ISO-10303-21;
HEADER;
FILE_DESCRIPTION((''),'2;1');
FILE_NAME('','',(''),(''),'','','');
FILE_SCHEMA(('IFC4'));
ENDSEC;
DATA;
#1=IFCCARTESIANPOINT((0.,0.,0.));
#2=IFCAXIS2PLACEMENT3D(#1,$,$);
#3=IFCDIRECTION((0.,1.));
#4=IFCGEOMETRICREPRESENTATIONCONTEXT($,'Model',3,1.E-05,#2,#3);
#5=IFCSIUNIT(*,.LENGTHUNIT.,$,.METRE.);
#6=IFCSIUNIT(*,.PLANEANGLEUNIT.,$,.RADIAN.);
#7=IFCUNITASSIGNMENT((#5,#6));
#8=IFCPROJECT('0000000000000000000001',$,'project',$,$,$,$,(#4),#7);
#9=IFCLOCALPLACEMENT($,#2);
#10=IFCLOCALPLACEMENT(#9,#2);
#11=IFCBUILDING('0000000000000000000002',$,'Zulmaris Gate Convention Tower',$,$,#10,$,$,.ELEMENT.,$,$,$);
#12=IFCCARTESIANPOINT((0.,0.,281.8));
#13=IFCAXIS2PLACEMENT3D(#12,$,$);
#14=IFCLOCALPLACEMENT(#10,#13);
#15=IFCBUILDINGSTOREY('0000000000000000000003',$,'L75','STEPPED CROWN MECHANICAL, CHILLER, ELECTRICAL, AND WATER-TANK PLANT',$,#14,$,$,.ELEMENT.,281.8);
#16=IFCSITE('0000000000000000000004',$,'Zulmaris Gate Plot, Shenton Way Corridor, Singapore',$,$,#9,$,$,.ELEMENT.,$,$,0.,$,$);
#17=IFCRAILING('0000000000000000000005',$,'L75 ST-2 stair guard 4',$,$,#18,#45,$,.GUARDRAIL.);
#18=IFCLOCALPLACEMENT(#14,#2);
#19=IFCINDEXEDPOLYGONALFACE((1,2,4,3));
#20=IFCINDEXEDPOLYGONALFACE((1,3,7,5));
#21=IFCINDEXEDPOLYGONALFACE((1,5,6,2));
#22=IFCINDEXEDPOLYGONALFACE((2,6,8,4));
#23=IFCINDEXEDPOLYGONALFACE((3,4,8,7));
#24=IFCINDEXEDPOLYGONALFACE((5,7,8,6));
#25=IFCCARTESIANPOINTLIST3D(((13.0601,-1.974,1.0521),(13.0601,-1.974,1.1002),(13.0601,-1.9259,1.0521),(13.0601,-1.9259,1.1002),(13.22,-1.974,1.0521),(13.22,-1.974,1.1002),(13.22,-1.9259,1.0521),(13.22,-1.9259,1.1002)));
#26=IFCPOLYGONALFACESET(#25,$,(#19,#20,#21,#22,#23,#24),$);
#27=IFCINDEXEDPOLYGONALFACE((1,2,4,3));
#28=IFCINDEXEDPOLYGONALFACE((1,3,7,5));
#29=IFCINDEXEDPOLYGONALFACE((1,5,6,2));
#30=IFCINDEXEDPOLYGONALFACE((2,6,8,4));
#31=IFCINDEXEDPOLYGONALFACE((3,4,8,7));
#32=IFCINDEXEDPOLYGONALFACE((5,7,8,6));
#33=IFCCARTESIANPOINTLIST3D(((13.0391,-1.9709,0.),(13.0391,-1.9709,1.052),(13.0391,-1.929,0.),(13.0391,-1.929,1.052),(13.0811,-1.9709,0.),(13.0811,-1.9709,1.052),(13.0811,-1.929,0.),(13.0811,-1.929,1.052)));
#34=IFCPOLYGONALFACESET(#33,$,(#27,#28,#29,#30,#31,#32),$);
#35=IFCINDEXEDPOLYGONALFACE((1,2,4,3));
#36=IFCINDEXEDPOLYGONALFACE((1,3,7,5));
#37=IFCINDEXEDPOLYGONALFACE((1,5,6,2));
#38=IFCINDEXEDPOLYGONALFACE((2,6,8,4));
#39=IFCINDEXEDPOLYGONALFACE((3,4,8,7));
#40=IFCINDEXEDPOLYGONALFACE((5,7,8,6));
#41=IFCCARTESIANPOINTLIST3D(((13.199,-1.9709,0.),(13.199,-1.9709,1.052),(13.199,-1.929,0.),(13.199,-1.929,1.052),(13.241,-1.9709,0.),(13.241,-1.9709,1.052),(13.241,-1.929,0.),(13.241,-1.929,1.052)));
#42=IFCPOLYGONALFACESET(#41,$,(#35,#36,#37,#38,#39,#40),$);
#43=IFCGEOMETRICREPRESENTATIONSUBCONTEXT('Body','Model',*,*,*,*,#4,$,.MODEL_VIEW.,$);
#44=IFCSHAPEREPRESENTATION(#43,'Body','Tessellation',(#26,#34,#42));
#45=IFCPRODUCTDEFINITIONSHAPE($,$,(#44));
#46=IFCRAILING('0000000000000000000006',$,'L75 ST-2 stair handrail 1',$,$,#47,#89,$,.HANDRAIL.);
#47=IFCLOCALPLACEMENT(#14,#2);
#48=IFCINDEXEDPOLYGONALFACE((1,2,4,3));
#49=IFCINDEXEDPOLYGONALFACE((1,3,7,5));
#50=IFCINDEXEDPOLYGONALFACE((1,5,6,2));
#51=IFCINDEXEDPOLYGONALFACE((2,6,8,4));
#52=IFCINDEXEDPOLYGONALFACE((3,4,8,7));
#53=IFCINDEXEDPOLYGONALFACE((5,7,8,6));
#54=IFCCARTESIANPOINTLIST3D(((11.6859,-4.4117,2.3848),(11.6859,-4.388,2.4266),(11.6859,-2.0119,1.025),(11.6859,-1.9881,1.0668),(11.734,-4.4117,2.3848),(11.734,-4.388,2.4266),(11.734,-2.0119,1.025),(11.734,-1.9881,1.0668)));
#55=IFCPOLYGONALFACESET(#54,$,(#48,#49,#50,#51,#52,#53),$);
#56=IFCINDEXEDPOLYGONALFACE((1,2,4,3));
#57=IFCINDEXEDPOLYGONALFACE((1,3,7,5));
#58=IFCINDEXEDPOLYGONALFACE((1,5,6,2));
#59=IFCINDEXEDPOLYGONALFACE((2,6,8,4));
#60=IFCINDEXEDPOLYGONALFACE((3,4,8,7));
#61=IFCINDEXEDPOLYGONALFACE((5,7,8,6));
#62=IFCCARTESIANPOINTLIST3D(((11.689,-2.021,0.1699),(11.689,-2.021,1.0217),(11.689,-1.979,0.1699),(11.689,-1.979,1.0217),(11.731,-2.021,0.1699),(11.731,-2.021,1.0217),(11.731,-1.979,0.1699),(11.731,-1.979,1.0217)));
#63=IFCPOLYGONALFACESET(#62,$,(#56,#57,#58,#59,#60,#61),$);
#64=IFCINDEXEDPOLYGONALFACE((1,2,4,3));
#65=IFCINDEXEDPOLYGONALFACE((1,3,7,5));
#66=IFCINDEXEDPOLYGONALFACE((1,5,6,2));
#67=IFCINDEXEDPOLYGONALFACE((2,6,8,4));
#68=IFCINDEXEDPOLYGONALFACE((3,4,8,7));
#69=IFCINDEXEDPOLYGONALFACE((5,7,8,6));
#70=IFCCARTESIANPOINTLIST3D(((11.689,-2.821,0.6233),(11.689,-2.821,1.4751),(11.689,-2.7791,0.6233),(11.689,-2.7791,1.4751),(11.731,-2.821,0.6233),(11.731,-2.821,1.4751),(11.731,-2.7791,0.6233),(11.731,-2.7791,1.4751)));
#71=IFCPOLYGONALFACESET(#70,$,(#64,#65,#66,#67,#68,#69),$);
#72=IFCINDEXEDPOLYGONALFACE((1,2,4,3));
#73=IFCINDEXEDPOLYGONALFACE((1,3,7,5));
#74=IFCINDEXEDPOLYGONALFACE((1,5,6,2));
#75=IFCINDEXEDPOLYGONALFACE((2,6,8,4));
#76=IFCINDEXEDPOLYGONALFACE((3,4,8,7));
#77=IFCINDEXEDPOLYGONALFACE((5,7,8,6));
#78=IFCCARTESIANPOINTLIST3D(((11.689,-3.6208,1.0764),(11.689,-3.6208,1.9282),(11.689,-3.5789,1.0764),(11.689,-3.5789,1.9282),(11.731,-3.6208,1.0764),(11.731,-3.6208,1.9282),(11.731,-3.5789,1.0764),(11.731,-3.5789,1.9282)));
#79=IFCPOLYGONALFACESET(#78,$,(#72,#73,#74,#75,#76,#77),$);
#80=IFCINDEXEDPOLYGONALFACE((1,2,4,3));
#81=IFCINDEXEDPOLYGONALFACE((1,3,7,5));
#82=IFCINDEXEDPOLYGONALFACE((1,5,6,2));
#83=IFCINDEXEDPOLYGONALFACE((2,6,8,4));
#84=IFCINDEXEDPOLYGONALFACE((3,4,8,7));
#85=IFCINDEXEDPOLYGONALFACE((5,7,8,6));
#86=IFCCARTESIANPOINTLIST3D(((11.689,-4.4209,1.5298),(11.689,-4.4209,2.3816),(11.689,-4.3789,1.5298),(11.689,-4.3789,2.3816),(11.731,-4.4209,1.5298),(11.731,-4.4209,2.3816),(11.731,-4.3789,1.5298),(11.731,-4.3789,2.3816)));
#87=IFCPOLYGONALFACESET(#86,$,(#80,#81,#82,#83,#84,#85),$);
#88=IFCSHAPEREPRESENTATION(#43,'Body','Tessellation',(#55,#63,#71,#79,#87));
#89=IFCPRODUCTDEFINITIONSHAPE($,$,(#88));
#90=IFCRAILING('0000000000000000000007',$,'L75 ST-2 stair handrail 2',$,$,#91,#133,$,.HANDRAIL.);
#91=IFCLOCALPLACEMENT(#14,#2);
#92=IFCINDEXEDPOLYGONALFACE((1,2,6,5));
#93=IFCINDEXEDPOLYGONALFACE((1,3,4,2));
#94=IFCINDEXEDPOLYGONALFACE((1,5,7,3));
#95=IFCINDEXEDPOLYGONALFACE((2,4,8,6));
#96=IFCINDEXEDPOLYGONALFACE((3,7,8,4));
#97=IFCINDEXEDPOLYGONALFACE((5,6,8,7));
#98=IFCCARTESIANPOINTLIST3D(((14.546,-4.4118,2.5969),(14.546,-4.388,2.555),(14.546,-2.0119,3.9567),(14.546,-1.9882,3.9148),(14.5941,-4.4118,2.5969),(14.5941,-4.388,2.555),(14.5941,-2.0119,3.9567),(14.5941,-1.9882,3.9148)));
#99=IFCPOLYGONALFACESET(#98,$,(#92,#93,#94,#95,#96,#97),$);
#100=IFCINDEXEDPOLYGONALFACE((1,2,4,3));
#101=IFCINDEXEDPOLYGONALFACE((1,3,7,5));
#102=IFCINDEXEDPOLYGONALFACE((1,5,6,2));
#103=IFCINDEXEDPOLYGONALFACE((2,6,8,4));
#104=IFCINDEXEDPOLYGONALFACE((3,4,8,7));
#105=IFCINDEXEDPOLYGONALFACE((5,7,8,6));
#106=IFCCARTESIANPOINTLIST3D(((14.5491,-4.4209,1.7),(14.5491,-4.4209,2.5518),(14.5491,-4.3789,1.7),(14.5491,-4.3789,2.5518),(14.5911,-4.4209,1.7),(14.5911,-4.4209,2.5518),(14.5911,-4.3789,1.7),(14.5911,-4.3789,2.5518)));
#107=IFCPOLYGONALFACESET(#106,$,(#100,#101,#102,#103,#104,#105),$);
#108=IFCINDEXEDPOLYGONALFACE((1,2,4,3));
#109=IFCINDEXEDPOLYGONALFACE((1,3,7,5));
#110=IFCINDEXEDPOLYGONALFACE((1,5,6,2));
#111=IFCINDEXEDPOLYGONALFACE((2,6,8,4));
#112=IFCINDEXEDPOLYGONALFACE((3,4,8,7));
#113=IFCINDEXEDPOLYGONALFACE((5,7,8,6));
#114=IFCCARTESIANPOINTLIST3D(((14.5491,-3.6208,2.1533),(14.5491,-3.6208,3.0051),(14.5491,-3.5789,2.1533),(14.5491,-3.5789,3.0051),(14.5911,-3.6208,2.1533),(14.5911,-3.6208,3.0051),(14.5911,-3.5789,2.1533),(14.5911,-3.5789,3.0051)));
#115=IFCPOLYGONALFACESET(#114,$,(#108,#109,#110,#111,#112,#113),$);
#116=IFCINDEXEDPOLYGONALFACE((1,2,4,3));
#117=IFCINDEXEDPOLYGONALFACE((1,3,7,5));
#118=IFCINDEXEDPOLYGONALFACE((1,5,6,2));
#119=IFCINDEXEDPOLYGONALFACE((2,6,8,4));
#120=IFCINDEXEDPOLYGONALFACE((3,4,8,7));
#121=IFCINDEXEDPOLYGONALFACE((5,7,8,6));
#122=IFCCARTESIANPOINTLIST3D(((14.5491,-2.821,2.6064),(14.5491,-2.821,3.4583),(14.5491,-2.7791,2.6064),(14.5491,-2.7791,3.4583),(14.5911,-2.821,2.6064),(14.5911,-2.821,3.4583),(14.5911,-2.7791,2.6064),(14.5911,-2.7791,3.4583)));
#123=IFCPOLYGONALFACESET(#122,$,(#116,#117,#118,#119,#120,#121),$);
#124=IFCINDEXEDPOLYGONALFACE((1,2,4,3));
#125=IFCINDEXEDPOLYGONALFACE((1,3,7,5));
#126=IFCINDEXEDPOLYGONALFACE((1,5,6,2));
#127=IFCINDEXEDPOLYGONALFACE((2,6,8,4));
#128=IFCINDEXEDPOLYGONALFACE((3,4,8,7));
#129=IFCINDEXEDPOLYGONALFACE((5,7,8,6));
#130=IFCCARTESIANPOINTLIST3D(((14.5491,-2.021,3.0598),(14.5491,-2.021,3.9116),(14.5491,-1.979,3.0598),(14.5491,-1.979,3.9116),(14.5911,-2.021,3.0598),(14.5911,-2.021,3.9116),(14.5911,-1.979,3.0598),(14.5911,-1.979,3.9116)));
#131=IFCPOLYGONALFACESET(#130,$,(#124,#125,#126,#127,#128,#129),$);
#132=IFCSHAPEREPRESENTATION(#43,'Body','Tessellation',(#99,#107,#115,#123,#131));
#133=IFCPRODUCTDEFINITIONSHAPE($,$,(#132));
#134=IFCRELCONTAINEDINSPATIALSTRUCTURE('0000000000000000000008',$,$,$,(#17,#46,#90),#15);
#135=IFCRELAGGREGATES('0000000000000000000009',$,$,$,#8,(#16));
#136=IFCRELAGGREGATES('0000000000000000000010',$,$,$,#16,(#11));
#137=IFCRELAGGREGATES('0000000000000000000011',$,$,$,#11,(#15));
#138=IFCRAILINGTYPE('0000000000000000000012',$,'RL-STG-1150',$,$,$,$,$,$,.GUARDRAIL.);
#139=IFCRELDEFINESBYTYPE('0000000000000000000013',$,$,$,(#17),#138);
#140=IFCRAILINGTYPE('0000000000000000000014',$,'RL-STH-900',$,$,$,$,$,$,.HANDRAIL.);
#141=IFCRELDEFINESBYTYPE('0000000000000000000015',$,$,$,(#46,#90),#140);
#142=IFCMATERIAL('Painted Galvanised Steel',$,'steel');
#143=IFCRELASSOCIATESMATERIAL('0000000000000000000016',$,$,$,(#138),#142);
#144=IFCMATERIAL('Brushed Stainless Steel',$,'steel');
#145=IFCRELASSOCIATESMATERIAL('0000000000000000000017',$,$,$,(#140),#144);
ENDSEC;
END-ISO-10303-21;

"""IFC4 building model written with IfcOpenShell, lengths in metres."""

from ifc_helpers import new_model, si_unit, direction, frame, origin, origin_2d, place, context, subcontext, project, spatial, rectangle, extrude, material, type_object, element, save


model = new_model("IFC4")

# Units and contexts
model_context = context("Model", 3, precision=1e-05, world=origin(), true_north=direction((0.0, 1.0)))
body_context = subcontext(model_context, "Body", "Model", "MODEL_VIEW")
ifc_project = project(units=[si_unit("LENGTHUNIT", "METRE"), si_unit("PLANEANGLEUNIT", "RADIAN")], contexts=[model_context])

# Site, building, storey
site_placement = place(None, origin())
site = spatial("IfcSite", under=ifc_project, at=site_placement, Name="Zulmaris Gate Plot, Shenton Way Corridor, Singapore", CompositionType="ELEMENT", RefElevation=0.0)
building_placement = place(site_placement, origin())
building = spatial("IfcBuilding", under=site, at=building_placement, Name="Zulmaris Gate Convention Tower", CompositionType="ELEMENT")
storey_placement = place(building_placement, frame((0.0, 0.0, 281.8)))
storey = spatial("IfcBuildingStorey", under=building, at=storey_placement, Name="L75", Description="STEPPED CROWN MECHANICAL, CHILLER, ELECTRICAL, AND WATER-TANK PLANT", CompositionType="ELEMENT", Elevation=281.8)

# Railings
ifc_material_1 = material(Name="Painted Galvanised Steel", Category="steel")
railing_type_1 = type_object("IfcRailingType", Name="RL-STG-1150", PredefinedType="GUARDRAIL", material=ifc_material_1)
railing_1_placement = place(storey_placement, frame((13.0601, -1.95, 0.0)))
element("IfcRailing", 1, at=railing_1_placement, inside=storey, type_object=railing_type_1, Name="L75 ST-2 stair guard 4", PredefinedType="GUARDRAIL", context=body_context, shape_type="SweptSolid", body=[
    extrude(rectangle(XDim=0.0481, YDim=0.0481, at=origin_2d()), frame((0.0, 0.0, 1.0762), z_axis=(1.0, 0.0, 0.0), x_axis=(0.0, 1.0, 0.0)), (0.0, 0.0, 1.0), 0.1599),
    extrude(rectangle(XDim=0.042, YDim=0.042, at=origin_2d()), origin(), (0.0, 0.0, 1.0), 1.052),
    extrude(rectangle(XDim=0.042, YDim=0.042, at=origin_2d()), frame((0.1599, 0.0, 0.0)), (0.0, 0.0, 1.0), 1.052),
])
ifc_material_2 = material(Name="Brushed Stainless Steel", Category="steel")
railing_type_2 = type_object("IfcRailingType", Name="RL-STH-900", PredefinedType="HANDRAIL", material=ifc_material_2)
railing_2_placement = place(storey_placement, frame((11.71, -2.0, 0.1699)))
element("IfcRailing", 2, at=railing_2_placement, inside=storey, type_object=railing_type_2, Name="L75 ST-2 stair handrail 1", PredefinedType="HANDRAIL", context=body_context, shape_type="SweptSolid", body=[
    extrude(rectangle(XDim=0.0481, YDim=0.0481, at=origin_2d()), frame((0.0, 0.0, 0.876), z_axis=(0.0, -0.870035, 0.49299), x_axis=(1.0, 0.0, 0.0)), (0.0, 0.0, 1.0), 2.7583),
    extrude(rectangle(XDim=0.042, YDim=0.042, at=origin_2d()), origin(), (0.0, 0.0, 1.0), 0.8518),
    extrude(rectangle(XDim=0.042, YDim=0.042, at=origin_2d()), frame((0.0, -0.8, 0.4534)), (0.0, 0.0, 1.0), 0.8518),
    extrude(rectangle(XDim=0.042, YDim=0.042, at=origin_2d()), frame((0.0, -1.5999, 0.9065)), (0.0, 0.0, 1.0), 0.8518),
    extrude(rectangle(XDim=0.042, YDim=0.042, at=origin_2d()), frame((0.0, -2.3999, 1.3599)), (0.0, 0.0, 1.0), 0.8518),
])
railing_3_placement = place(storey_placement, frame((14.5701, -4.3999, 1.7)))
element("IfcRailing", 3, at=railing_3_placement, inside=storey, type_object=railing_type_2, Name="L75 ST-2 stair handrail 2", PredefinedType="HANDRAIL", context=body_context, shape_type="SweptSolid", body=[
    extrude(rectangle(XDim=0.0481, YDim=0.0481, at=origin_2d()), frame((0.0, 0.0, 0.876), z_axis=(0.0, 0.870035, 0.49299), x_axis=(-1.0, 0.0, 0.0)), (0.0, 0.0, 1.0), 2.7583),
    extrude(rectangle(XDim=0.042, YDim=0.042, at=origin_2d()), origin(), (0.0, 0.0, 1.0), 0.8518),
    extrude(rectangle(XDim=0.042, YDim=0.042, at=origin_2d()), frame((0.0, 0.8, 0.4534)), (0.0, 0.0, 1.0), 0.8518),
    extrude(rectangle(XDim=0.042, YDim=0.042, at=origin_2d()), frame((0.0, 1.5999, 0.9065)), (0.0, 0.0, 1.0), 0.8518),
    extrude(rectangle(XDim=0.042, YDim=0.042, at=origin_2d()), frame((0.0, 2.3999, 1.3599)), (0.0, 0.0, 1.0), 0.8518),
])

save(model, "model.ifc")
